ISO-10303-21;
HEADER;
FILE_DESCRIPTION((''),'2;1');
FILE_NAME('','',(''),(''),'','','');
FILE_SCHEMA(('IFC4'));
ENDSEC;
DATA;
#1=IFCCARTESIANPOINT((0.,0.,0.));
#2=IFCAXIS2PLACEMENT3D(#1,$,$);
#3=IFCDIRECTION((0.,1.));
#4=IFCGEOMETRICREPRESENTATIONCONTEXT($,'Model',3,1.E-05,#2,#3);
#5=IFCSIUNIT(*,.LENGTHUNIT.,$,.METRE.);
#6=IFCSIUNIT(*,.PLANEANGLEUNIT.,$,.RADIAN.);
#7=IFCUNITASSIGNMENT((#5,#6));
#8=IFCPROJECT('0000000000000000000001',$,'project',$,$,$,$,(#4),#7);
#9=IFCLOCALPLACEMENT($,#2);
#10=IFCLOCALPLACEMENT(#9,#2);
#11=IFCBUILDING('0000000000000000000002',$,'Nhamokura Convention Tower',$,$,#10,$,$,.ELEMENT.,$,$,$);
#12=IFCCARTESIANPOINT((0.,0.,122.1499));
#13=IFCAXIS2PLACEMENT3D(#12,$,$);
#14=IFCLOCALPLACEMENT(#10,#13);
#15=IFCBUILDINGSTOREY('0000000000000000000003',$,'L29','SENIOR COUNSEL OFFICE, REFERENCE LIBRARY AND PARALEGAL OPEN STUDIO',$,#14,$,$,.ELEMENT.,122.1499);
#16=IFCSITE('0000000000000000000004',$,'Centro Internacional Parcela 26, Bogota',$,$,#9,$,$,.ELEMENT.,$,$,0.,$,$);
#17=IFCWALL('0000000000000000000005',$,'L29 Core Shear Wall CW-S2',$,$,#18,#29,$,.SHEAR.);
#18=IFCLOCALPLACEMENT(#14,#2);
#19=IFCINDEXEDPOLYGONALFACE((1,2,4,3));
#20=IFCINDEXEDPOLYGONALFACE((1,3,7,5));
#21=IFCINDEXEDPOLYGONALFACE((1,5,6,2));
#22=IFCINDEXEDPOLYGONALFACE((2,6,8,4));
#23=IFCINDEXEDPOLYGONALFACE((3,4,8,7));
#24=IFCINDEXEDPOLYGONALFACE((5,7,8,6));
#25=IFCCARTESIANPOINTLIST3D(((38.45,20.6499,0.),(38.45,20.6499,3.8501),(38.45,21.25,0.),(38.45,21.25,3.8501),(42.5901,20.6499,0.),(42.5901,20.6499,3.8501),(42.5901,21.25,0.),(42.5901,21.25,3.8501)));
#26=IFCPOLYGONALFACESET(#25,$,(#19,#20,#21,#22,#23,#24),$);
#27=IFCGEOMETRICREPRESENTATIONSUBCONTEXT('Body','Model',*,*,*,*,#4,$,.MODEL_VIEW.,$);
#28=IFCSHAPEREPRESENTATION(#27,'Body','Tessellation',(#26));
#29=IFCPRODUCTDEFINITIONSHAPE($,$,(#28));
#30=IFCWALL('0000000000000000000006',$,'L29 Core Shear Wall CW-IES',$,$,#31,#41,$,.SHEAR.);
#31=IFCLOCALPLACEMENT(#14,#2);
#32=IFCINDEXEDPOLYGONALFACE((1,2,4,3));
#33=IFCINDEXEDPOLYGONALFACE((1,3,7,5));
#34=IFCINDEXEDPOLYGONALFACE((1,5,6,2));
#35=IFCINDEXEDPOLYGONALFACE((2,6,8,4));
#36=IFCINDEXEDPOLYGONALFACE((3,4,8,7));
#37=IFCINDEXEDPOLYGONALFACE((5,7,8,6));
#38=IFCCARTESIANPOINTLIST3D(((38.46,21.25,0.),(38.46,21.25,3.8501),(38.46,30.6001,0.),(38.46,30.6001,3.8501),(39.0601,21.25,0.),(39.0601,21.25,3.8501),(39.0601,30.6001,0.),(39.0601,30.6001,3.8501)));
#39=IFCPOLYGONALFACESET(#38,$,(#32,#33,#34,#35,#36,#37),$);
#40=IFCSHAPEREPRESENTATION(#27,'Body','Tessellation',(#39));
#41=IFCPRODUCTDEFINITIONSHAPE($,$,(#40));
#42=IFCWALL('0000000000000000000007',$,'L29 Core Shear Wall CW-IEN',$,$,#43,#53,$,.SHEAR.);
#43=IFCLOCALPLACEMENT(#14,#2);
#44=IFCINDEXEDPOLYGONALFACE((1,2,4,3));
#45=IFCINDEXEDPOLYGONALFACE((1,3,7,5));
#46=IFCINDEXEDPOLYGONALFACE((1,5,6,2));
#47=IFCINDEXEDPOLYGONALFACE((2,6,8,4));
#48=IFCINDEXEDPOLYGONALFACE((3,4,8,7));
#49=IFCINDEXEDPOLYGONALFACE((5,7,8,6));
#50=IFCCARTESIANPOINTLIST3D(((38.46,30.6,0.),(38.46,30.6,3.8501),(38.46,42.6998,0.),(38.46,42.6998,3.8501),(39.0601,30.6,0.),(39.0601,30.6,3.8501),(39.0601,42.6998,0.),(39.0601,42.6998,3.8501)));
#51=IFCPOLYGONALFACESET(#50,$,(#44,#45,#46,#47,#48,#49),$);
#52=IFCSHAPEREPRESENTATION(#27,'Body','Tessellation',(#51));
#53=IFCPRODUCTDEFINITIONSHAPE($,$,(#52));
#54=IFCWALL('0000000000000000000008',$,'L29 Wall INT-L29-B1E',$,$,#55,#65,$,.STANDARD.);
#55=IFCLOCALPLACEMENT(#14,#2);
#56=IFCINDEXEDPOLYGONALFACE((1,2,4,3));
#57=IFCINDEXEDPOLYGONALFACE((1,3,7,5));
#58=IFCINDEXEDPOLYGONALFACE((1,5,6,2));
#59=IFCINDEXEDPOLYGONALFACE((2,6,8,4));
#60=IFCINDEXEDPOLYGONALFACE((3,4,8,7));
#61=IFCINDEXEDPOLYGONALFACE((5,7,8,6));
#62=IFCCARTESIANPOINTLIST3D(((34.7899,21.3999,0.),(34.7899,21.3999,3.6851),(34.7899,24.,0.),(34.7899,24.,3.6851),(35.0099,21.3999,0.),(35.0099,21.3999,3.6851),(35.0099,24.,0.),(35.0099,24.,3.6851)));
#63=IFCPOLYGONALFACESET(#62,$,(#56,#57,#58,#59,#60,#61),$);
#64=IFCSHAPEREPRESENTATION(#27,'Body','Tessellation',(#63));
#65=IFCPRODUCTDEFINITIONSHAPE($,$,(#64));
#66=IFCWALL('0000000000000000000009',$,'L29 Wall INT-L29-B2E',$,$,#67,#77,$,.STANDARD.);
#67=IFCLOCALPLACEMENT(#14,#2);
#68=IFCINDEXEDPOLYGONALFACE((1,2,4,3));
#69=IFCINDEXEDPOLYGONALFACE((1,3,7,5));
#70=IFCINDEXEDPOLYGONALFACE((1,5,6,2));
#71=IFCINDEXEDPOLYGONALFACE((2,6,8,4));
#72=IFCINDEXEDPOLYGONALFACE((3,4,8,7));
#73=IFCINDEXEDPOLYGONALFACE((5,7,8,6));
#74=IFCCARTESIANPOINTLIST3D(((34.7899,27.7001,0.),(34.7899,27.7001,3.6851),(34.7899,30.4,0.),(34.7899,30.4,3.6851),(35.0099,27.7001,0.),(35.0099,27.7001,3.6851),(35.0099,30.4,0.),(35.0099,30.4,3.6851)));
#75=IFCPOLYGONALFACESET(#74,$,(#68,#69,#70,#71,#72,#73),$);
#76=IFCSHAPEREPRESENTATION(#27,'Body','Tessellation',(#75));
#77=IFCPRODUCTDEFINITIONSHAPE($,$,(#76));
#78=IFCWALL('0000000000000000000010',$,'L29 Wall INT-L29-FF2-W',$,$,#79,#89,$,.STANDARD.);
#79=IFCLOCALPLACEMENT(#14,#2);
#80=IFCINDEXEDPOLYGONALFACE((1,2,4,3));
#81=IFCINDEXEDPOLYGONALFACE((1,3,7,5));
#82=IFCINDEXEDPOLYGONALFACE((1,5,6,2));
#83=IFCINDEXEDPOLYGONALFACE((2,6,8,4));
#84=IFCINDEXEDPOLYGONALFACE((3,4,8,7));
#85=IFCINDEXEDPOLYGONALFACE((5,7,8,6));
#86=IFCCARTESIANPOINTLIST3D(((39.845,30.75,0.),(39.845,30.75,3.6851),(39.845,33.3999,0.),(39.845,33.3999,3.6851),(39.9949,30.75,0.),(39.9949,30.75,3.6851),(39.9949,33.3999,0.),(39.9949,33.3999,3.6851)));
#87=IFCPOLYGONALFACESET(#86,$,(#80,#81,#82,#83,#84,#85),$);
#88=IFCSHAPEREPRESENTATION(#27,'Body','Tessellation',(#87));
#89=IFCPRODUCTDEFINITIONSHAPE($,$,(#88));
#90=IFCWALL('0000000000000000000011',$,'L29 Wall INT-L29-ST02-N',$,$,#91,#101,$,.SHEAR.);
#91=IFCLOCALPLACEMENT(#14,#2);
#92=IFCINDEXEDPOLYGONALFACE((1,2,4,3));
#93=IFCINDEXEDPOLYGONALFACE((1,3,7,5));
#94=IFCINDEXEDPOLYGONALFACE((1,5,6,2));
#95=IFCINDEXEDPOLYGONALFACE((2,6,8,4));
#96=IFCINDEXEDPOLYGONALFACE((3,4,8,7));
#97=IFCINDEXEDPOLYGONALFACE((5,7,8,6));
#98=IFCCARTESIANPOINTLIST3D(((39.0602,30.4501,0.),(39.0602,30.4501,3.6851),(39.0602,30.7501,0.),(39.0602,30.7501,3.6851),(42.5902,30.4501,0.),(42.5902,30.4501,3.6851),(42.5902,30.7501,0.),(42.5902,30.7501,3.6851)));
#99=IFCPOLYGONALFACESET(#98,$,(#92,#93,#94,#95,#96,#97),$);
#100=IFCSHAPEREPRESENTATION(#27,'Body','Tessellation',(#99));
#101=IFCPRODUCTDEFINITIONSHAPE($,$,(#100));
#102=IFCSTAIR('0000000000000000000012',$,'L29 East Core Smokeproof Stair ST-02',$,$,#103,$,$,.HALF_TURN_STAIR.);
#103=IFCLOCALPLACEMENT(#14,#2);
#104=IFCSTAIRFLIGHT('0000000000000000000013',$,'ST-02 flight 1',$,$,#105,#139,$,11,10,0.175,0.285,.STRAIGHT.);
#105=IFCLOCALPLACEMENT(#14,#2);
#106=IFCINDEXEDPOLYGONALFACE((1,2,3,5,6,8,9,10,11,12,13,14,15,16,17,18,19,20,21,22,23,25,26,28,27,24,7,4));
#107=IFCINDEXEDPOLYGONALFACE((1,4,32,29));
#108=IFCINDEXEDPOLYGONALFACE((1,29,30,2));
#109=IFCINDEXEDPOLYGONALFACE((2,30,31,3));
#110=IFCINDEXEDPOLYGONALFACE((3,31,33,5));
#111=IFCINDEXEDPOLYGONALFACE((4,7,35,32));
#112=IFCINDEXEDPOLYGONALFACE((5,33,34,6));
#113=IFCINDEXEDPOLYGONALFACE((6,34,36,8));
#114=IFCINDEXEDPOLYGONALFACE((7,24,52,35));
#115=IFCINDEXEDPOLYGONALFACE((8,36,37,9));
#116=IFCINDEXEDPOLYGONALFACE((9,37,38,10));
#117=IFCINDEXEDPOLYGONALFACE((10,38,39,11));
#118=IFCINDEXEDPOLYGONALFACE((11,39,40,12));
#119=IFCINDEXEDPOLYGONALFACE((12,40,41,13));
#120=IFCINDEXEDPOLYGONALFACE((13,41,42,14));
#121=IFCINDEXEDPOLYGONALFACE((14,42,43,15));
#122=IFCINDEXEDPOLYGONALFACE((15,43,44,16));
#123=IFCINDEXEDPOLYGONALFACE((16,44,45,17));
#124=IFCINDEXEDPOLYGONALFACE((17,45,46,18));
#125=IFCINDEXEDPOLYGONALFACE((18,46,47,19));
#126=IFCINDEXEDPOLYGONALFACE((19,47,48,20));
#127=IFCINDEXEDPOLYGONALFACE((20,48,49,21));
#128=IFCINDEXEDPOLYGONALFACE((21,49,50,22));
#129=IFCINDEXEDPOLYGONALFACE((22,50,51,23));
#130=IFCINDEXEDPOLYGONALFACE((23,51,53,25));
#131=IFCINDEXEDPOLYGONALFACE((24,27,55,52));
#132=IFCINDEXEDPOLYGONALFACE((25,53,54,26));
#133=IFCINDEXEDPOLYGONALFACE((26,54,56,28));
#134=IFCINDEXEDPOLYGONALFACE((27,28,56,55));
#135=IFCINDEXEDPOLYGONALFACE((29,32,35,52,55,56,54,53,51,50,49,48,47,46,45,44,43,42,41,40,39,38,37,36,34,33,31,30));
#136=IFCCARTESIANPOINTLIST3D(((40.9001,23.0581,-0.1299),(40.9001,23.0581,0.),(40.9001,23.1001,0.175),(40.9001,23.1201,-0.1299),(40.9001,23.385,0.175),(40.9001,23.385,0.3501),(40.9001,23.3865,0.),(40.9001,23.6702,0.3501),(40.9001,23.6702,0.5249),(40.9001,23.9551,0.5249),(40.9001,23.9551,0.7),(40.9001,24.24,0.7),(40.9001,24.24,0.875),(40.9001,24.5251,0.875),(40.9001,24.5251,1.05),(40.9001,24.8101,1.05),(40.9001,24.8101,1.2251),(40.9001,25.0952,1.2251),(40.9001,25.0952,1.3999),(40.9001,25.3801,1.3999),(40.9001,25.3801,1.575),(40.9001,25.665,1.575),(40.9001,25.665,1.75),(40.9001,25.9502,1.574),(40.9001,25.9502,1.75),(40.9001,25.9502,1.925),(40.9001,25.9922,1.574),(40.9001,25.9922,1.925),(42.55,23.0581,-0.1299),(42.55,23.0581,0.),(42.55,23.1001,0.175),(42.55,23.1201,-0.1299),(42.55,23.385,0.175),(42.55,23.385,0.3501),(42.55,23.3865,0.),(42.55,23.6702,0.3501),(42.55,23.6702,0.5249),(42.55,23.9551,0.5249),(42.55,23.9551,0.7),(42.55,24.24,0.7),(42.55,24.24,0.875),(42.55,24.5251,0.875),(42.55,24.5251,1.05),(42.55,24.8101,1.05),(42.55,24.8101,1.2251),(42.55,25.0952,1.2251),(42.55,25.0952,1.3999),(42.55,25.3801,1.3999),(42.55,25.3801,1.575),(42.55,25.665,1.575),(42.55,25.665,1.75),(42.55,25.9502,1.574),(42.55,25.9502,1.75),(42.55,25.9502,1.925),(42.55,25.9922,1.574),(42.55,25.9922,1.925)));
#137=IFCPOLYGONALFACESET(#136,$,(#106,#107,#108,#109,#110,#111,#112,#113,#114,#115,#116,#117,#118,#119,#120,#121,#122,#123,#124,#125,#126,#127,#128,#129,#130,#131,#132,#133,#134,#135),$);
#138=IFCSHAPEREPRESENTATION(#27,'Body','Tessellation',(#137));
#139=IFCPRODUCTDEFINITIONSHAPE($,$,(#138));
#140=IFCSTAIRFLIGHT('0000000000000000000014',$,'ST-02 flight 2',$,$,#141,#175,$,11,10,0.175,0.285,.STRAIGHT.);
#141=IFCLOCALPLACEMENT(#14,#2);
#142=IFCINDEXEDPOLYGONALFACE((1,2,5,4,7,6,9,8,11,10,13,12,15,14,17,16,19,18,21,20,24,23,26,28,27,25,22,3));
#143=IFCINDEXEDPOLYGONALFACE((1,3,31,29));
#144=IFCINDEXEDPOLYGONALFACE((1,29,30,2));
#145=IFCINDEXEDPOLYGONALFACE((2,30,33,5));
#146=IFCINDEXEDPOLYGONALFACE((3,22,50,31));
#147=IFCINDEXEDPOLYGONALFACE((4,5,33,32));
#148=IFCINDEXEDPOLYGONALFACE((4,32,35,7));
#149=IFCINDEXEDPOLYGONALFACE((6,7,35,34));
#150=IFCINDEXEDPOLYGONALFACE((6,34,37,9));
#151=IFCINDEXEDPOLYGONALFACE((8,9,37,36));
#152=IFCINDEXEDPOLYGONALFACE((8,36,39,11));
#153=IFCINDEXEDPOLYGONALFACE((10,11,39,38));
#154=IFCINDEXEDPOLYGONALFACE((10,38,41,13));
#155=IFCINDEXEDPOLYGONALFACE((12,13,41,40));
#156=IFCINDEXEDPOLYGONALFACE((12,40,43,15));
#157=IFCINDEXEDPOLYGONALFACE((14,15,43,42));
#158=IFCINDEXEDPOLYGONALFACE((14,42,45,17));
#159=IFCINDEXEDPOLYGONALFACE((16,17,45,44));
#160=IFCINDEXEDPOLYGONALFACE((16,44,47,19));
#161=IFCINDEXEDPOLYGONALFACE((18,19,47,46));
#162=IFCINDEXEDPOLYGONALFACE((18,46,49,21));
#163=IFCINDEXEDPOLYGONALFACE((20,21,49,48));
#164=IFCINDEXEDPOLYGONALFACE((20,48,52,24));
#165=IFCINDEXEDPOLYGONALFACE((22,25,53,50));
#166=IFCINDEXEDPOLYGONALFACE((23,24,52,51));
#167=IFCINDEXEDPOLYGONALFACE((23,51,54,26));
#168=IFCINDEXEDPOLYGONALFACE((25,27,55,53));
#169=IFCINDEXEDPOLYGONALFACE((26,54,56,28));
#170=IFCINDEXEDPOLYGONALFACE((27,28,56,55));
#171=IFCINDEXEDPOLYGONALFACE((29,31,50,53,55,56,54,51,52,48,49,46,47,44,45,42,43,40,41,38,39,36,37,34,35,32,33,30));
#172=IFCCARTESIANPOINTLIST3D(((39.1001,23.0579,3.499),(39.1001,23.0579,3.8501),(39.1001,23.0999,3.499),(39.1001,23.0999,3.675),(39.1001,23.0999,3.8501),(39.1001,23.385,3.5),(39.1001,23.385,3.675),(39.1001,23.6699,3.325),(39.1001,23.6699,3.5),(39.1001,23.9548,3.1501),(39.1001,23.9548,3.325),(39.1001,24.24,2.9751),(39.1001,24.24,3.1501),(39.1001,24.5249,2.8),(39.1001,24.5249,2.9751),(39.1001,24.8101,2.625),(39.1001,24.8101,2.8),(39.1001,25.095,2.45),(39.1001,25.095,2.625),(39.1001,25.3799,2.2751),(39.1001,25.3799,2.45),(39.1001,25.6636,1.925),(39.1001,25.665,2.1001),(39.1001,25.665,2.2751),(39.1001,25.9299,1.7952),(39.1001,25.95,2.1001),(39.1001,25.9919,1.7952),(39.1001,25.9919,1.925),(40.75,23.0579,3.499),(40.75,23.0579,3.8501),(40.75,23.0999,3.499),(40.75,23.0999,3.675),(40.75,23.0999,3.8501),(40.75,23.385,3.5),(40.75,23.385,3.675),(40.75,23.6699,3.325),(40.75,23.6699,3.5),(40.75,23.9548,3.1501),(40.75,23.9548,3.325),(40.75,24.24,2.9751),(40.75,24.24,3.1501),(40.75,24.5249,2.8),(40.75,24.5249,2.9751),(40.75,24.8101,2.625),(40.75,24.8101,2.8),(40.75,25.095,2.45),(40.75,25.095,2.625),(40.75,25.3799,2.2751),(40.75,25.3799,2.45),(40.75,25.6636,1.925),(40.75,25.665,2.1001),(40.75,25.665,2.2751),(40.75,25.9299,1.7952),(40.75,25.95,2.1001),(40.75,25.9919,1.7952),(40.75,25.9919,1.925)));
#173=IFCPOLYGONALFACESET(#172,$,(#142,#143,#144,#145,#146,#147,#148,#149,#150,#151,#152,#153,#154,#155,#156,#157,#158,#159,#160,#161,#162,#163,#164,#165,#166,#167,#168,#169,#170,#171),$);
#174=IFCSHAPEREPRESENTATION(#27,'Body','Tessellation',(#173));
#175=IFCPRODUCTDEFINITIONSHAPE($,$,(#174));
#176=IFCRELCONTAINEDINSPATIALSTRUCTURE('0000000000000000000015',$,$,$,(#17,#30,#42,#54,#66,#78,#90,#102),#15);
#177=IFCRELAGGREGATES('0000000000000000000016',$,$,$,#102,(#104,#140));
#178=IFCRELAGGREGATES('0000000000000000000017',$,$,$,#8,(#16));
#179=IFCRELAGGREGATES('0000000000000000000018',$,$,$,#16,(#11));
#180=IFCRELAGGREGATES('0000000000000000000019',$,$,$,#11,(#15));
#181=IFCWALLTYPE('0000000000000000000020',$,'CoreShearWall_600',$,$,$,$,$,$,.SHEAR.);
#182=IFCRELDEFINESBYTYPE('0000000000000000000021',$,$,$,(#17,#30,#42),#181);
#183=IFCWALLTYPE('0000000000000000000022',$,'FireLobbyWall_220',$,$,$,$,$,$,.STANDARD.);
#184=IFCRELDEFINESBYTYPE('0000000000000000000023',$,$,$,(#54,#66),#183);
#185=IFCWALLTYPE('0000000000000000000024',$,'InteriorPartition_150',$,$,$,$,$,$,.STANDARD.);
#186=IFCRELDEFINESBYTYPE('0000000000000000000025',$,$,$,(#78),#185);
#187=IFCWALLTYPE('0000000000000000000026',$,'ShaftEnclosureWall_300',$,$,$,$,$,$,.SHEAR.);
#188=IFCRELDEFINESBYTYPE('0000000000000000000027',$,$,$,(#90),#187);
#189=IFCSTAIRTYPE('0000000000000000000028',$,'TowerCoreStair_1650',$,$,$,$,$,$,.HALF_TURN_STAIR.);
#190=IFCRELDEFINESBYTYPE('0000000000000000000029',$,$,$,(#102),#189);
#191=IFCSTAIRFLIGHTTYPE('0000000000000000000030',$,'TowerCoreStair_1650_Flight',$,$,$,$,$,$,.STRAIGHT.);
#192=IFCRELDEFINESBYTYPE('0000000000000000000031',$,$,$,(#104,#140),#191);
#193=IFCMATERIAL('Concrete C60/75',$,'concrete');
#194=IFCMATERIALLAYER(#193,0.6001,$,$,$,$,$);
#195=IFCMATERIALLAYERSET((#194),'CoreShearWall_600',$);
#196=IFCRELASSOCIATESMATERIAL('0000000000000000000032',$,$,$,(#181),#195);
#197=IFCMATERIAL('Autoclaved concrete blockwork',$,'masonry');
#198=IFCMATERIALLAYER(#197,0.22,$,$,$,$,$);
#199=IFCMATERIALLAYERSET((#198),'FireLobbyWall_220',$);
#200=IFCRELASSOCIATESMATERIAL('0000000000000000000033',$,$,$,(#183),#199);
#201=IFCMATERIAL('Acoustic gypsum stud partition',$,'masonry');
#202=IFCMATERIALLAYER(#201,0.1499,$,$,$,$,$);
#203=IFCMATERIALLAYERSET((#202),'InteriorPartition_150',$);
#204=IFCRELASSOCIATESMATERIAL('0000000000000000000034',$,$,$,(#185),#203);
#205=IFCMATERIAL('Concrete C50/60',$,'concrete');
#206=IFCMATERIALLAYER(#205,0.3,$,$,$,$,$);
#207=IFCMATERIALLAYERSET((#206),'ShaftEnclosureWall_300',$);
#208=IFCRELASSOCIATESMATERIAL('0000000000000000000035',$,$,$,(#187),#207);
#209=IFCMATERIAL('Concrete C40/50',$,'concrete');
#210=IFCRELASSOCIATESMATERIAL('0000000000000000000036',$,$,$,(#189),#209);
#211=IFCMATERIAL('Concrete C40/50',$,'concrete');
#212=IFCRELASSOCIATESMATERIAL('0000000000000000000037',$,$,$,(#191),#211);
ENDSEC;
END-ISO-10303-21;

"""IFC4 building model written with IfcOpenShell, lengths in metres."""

from ifc_helpers import new_model, si_unit, direction, frame, frame_2d, origin, place, context, subcontext, project, spatial, polyline, rectangle, outline, extrude, material, layer, layer_set, type_object, element, aggregate, save


model = new_model("IFC4")

# Units and contexts
model_context = context("Model", 3, precision=1e-05, world=origin(), true_north=direction((0.0, 1.0)))
body_context = subcontext(model_context, "Body", "Model", "MODEL_VIEW")
ifc_project = project(units=[si_unit("LENGTHUNIT", "METRE"), si_unit("PLANEANGLEUNIT", "RADIAN")], contexts=[model_context])

# Site, building, storey
site_placement = place(None, origin())
site = spatial("IfcSite", under=ifc_project, at=site_placement, Name="Centro Internacional Parcela 26, Bogota", CompositionType="ELEMENT", RefElevation=0.0)
building_placement = place(site_placement, origin())
building = spatial("IfcBuilding", under=site, at=building_placement, Name="Nhamokura Convention Tower", CompositionType="ELEMENT")
storey_placement = place(building_placement, frame((0.0, 0.0, 122.1499)))
storey = spatial("IfcBuildingStorey", under=building, at=storey_placement, Name="L29", Description="SENIOR COUNSEL OFFICE, REFERENCE LIBRARY AND PARALEGAL OPEN STUDIO", CompositionType="ELEMENT", Elevation=122.1499)

# Shared definitions
ifc_material_1 = material(Name="Concrete C60/75", Category="concrete")
ifc_layer_1 = layer(ifc_material_1, 0.6001)
ifc_layer_set_1 = layer_set([ifc_layer_1], Name="CoreShearWall_600")
wall_type_1 = type_object("IfcWallType", Name="CoreShearWall_600", PredefinedType="SHEAR", material=ifc_layer_set_1)

# Walls
wall_1_placement = place(storey_placement, frame((38.45, 20.95, 0.0), z_axis=(0.0, 0.0, 1.0), x_axis=(1.0, 0.0, 0.0)))
element("IfcWall", 1, at=wall_1_placement, inside=storey, type_object=wall_type_1, Name="L29 Core Shear Wall CW-S2", PredefinedType="SHEAR", context=body_context, shape_type="SweptSolid", body=[
    extrude(rectangle(XDim=4.1401, YDim=0.6001, at=frame_2d((2.0701, 0.0))), origin(), (0.0, 0.0, 1.0), 3.8501),
])
wall_2_placement = place(storey_placement, frame((38.76, 21.25, 0.0), z_axis=(0.0, 0.0, 1.0), x_axis=(0.0, 1.0, 0.0)))
element("IfcWall", 2, at=wall_2_placement, inside=storey, type_object=wall_type_1, Name="L29 Core Shear Wall CW-IES", PredefinedType="SHEAR", context=body_context, shape_type="SweptSolid", body=[
    extrude(rectangle(XDim=9.3501, YDim=0.6001, at=frame_2d((4.675, 0.0))), origin(), (0.0, 0.0, 1.0), 3.8501),
])
wall_3_placement = place(storey_placement, frame((38.76, 30.6001, 0.0), z_axis=(0.0, 0.0, 1.0), x_axis=(0.0, 1.0, 0.0)))
element("IfcWall", 3, at=wall_3_placement, inside=storey, type_object=wall_type_1, Name="L29 Core Shear Wall CW-IEN", PredefinedType="SHEAR", context=body_context, shape_type="SweptSolid", body=[
    extrude(rectangle(XDim=12.0999, YDim=0.6001, at=frame_2d((6.0498, 0.0))), origin(), (0.0, 0.0, 1.0), 3.8501),
])

# Shared definitions
ifc_material_2 = material(Name="Autoclaved concrete blockwork", Category="masonry")
ifc_layer_2 = layer(ifc_material_2, 0.22)
ifc_layer_set_2 = layer_set([ifc_layer_2], Name="FireLobbyWall_220")
wall_type_2 = type_object("IfcWallType", Name="FireLobbyWall_220", PredefinedType="STANDARD", material=ifc_layer_set_2)

# Walls
wall_4_placement = place(storey_placement, frame((34.8999, 21.3999, 0.0), z_axis=(0.0, 0.0, 1.0), x_axis=(0.0, 1.0, 0.0)))
element("IfcWall", 4, at=wall_4_placement, inside=storey, type_object=wall_type_2, Name="L29 Wall INT-L29-B1E", PredefinedType="STANDARD", context=body_context, shape_type="SweptSolid", body=[
    extrude(rectangle(XDim=2.6001, YDim=0.22, at=frame_2d((1.3, 0.0))), origin(), (0.0, 0.0, 1.0), 3.6851),
])
wall_5_placement = place(storey_placement, frame((34.8999, 27.7, 0.0), z_axis=(0.0, 0.0, 1.0), x_axis=(0.0, 1.0, 0.0)))
element("IfcWall", 5, at=wall_5_placement, inside=storey, type_object=wall_type_2, Name="L29 Wall INT-L29-B2E", PredefinedType="STANDARD", context=body_context, shape_type="SweptSolid", body=[
    extrude(rectangle(XDim=2.7, YDim=0.22, at=frame_2d((1.3501, 0.0))), origin(), (0.0, 0.0, 1.0), 3.6851),
])
ifc_material_3 = material(Name="Acoustic gypsum stud partition", Category="masonry")
ifc_layer_3 = layer(ifc_material_3, 0.1499)
ifc_layer_set_3 = layer_set([ifc_layer_3], Name="InteriorPartition_150")
wall_type_3 = type_object("IfcWallType", Name="InteriorPartition_150", PredefinedType="STANDARD", material=ifc_layer_set_3)
wall_6_placement = place(storey_placement, frame((39.9199, 30.75, 0.0), z_axis=(0.0, 0.0, 1.0), x_axis=(0.0, 1.0, 0.0)))
element("IfcWall", 6, at=wall_6_placement, inside=storey, type_object=wall_type_3, Name="L29 Wall INT-L29-FF2-W", PredefinedType="STANDARD", context=body_context, shape_type="SweptSolid", body=[
    extrude(rectangle(XDim=2.6499, YDim=0.1499, at=frame_2d((1.325, 0.0))), origin(), (0.0, 0.0, 1.0), 3.6851),
])
ifc_material_4 = material(Name="Concrete C50/60", Category="concrete")
ifc_layer_4 = layer(ifc_material_4, 0.3)
ifc_layer_set_4 = layer_set([ifc_layer_4], Name="ShaftEnclosureWall_300")
wall_type_4 = type_object("IfcWallType", Name="ShaftEnclosureWall_300", PredefinedType="SHEAR", material=ifc_layer_set_4)
wall_7_placement = place(storey_placement, frame((39.0601, 30.6001, 0.0), z_axis=(0.0, 0.0, 1.0), x_axis=(1.0, 0.0, 0.0)))
element("IfcWall", 7, at=wall_7_placement, inside=storey, type_object=wall_type_4, Name="L29 Wall INT-L29-ST02-N", PredefinedType="SHEAR", context=body_context, shape_type="SweptSolid", body=[
    extrude(rectangle(XDim=3.53, YDim=0.3, at=frame_2d((1.7651, 0.0))), origin(), (0.0, 0.0, 1.0), 3.6851),
])

# Stair, stair flights
ifc_material_5 = material(Name="Concrete C40/50", Category="concrete")
stair_type = type_object("IfcStairType", Name="TowerCoreStair_1650", PredefinedType="HALF_TURN_STAIR", material=ifc_material_5)
stair_placement = place(storey_placement, origin())
stair = element("IfcStair", 8, at=stair_placement, inside=storey, type_object=stair_type, Name="L29 East Core Smokeproof Stair ST-02", PredefinedType="HALF_TURN_STAIR")
ifc_material_6 = material(Name="Concrete C40/50", Category="concrete")
stair_flight_type = type_object("IfcStairFlightType", Name="TowerCoreStair_1650_Flight", PredefinedType="STRAIGHT", material=ifc_material_6)
stair_flight_1_placement = place(storey_placement, frame((41.7251, 23.1001, 0.0), z_axis=(0.0, 0.0, 1.0), x_axis=(0.0, 1.0, 0.0)))
stair_flight_1 = element("IfcStairFlight", 9, at=stair_flight_1_placement, type_object=stair_flight_type, Name="ST-02 flight 1", NumberOfRisers=11, NumberOfTreads=10, PredefinedType="STRAIGHT", RiserHeight=0.175, TreadLength=0.285, context=body_context, shape_type="SweptSolid", body=[
    extrude(outline(polyline([(-0.042, 0.0), (0.0, 0.175), (0.2849, 0.175), (0.2849, 0.3501), (0.5701, 0.3501), (0.5701, 0.5249), (0.855, 0.5249), (0.855, 0.7), (1.1399, 0.7), (1.1399, 0.875), (1.425, 0.875), (1.425, 1.05), (1.71, 1.05), (1.71, 1.2251), (1.9951, 1.2251), (1.9951, 1.3999), (2.28, 1.3999), (2.28, 1.575), (2.5649, 1.575), (2.5649, 1.75), (2.8501, 1.75), (2.8501, 1.925), (2.8921, 1.925), (2.8921, 1.574), (2.8501, 1.574), (0.2864, 0.0), (0.02, -0.1299), (-0.042, -0.1299), (-0.042, 0.0)])), frame((0.0, 0.825, 0.0), z_axis=(0.0, -1.0, 0.0), x_axis=(1.0, 0.0, 0.0)), (0.0, 0.0, 1.0), 1.6499),
])
stair_flight_2_placement = place(storey_placement, frame((39.925, 25.95, 1.925), z_axis=(0.0, 0.0, 1.0), x_axis=(0.0, -1.0, 0.0)))
stair_flight_2 = element("IfcStairFlight", 10, at=stair_flight_2_placement, type_object=stair_flight_type, Name="ST-02 flight 2", NumberOfRisers=11, NumberOfTreads=10, PredefinedType="STRAIGHT", RiserHeight=0.175, TreadLength=0.285, context=body_context, shape_type="SweptSolid", body=[
    extrude(outline(polyline([(-0.042, 0.0), (0.0, 0.175), (0.2849, 0.175), (0.2849, 0.3501), (0.5701, 0.3501), (0.5701, 0.5249), (0.855, 0.5249), (0.855, 0.7), (1.1399, 0.7), (1.1399, 0.875), (1.425, 0.875), (1.425, 1.05), (1.71, 1.05), (1.71, 1.2251), (1.9951, 1.2251), (1.9951, 1.3999), (2.28, 1.3999), (2.28, 1.575), (2.5649, 1.575), (2.5649, 1.75), (2.8501, 1.75), (2.8501, 1.925), (2.8921, 1.925), (2.8921, 1.574), (2.8501, 1.574), (0.2864, 0.0), (0.02, -0.1299), (-0.042, -0.1299), (-0.042, 0.0)])), frame((0.0, 0.825, 0.0), z_axis=(0.0, -1.0, 0.0), x_axis=(1.0, 0.0, 0.0)), (0.0, 0.0, 1.0), 1.6499),
])
aggregate(stair, [stair_flight_1, stair_flight_2])

save(model, "model.ifc")
